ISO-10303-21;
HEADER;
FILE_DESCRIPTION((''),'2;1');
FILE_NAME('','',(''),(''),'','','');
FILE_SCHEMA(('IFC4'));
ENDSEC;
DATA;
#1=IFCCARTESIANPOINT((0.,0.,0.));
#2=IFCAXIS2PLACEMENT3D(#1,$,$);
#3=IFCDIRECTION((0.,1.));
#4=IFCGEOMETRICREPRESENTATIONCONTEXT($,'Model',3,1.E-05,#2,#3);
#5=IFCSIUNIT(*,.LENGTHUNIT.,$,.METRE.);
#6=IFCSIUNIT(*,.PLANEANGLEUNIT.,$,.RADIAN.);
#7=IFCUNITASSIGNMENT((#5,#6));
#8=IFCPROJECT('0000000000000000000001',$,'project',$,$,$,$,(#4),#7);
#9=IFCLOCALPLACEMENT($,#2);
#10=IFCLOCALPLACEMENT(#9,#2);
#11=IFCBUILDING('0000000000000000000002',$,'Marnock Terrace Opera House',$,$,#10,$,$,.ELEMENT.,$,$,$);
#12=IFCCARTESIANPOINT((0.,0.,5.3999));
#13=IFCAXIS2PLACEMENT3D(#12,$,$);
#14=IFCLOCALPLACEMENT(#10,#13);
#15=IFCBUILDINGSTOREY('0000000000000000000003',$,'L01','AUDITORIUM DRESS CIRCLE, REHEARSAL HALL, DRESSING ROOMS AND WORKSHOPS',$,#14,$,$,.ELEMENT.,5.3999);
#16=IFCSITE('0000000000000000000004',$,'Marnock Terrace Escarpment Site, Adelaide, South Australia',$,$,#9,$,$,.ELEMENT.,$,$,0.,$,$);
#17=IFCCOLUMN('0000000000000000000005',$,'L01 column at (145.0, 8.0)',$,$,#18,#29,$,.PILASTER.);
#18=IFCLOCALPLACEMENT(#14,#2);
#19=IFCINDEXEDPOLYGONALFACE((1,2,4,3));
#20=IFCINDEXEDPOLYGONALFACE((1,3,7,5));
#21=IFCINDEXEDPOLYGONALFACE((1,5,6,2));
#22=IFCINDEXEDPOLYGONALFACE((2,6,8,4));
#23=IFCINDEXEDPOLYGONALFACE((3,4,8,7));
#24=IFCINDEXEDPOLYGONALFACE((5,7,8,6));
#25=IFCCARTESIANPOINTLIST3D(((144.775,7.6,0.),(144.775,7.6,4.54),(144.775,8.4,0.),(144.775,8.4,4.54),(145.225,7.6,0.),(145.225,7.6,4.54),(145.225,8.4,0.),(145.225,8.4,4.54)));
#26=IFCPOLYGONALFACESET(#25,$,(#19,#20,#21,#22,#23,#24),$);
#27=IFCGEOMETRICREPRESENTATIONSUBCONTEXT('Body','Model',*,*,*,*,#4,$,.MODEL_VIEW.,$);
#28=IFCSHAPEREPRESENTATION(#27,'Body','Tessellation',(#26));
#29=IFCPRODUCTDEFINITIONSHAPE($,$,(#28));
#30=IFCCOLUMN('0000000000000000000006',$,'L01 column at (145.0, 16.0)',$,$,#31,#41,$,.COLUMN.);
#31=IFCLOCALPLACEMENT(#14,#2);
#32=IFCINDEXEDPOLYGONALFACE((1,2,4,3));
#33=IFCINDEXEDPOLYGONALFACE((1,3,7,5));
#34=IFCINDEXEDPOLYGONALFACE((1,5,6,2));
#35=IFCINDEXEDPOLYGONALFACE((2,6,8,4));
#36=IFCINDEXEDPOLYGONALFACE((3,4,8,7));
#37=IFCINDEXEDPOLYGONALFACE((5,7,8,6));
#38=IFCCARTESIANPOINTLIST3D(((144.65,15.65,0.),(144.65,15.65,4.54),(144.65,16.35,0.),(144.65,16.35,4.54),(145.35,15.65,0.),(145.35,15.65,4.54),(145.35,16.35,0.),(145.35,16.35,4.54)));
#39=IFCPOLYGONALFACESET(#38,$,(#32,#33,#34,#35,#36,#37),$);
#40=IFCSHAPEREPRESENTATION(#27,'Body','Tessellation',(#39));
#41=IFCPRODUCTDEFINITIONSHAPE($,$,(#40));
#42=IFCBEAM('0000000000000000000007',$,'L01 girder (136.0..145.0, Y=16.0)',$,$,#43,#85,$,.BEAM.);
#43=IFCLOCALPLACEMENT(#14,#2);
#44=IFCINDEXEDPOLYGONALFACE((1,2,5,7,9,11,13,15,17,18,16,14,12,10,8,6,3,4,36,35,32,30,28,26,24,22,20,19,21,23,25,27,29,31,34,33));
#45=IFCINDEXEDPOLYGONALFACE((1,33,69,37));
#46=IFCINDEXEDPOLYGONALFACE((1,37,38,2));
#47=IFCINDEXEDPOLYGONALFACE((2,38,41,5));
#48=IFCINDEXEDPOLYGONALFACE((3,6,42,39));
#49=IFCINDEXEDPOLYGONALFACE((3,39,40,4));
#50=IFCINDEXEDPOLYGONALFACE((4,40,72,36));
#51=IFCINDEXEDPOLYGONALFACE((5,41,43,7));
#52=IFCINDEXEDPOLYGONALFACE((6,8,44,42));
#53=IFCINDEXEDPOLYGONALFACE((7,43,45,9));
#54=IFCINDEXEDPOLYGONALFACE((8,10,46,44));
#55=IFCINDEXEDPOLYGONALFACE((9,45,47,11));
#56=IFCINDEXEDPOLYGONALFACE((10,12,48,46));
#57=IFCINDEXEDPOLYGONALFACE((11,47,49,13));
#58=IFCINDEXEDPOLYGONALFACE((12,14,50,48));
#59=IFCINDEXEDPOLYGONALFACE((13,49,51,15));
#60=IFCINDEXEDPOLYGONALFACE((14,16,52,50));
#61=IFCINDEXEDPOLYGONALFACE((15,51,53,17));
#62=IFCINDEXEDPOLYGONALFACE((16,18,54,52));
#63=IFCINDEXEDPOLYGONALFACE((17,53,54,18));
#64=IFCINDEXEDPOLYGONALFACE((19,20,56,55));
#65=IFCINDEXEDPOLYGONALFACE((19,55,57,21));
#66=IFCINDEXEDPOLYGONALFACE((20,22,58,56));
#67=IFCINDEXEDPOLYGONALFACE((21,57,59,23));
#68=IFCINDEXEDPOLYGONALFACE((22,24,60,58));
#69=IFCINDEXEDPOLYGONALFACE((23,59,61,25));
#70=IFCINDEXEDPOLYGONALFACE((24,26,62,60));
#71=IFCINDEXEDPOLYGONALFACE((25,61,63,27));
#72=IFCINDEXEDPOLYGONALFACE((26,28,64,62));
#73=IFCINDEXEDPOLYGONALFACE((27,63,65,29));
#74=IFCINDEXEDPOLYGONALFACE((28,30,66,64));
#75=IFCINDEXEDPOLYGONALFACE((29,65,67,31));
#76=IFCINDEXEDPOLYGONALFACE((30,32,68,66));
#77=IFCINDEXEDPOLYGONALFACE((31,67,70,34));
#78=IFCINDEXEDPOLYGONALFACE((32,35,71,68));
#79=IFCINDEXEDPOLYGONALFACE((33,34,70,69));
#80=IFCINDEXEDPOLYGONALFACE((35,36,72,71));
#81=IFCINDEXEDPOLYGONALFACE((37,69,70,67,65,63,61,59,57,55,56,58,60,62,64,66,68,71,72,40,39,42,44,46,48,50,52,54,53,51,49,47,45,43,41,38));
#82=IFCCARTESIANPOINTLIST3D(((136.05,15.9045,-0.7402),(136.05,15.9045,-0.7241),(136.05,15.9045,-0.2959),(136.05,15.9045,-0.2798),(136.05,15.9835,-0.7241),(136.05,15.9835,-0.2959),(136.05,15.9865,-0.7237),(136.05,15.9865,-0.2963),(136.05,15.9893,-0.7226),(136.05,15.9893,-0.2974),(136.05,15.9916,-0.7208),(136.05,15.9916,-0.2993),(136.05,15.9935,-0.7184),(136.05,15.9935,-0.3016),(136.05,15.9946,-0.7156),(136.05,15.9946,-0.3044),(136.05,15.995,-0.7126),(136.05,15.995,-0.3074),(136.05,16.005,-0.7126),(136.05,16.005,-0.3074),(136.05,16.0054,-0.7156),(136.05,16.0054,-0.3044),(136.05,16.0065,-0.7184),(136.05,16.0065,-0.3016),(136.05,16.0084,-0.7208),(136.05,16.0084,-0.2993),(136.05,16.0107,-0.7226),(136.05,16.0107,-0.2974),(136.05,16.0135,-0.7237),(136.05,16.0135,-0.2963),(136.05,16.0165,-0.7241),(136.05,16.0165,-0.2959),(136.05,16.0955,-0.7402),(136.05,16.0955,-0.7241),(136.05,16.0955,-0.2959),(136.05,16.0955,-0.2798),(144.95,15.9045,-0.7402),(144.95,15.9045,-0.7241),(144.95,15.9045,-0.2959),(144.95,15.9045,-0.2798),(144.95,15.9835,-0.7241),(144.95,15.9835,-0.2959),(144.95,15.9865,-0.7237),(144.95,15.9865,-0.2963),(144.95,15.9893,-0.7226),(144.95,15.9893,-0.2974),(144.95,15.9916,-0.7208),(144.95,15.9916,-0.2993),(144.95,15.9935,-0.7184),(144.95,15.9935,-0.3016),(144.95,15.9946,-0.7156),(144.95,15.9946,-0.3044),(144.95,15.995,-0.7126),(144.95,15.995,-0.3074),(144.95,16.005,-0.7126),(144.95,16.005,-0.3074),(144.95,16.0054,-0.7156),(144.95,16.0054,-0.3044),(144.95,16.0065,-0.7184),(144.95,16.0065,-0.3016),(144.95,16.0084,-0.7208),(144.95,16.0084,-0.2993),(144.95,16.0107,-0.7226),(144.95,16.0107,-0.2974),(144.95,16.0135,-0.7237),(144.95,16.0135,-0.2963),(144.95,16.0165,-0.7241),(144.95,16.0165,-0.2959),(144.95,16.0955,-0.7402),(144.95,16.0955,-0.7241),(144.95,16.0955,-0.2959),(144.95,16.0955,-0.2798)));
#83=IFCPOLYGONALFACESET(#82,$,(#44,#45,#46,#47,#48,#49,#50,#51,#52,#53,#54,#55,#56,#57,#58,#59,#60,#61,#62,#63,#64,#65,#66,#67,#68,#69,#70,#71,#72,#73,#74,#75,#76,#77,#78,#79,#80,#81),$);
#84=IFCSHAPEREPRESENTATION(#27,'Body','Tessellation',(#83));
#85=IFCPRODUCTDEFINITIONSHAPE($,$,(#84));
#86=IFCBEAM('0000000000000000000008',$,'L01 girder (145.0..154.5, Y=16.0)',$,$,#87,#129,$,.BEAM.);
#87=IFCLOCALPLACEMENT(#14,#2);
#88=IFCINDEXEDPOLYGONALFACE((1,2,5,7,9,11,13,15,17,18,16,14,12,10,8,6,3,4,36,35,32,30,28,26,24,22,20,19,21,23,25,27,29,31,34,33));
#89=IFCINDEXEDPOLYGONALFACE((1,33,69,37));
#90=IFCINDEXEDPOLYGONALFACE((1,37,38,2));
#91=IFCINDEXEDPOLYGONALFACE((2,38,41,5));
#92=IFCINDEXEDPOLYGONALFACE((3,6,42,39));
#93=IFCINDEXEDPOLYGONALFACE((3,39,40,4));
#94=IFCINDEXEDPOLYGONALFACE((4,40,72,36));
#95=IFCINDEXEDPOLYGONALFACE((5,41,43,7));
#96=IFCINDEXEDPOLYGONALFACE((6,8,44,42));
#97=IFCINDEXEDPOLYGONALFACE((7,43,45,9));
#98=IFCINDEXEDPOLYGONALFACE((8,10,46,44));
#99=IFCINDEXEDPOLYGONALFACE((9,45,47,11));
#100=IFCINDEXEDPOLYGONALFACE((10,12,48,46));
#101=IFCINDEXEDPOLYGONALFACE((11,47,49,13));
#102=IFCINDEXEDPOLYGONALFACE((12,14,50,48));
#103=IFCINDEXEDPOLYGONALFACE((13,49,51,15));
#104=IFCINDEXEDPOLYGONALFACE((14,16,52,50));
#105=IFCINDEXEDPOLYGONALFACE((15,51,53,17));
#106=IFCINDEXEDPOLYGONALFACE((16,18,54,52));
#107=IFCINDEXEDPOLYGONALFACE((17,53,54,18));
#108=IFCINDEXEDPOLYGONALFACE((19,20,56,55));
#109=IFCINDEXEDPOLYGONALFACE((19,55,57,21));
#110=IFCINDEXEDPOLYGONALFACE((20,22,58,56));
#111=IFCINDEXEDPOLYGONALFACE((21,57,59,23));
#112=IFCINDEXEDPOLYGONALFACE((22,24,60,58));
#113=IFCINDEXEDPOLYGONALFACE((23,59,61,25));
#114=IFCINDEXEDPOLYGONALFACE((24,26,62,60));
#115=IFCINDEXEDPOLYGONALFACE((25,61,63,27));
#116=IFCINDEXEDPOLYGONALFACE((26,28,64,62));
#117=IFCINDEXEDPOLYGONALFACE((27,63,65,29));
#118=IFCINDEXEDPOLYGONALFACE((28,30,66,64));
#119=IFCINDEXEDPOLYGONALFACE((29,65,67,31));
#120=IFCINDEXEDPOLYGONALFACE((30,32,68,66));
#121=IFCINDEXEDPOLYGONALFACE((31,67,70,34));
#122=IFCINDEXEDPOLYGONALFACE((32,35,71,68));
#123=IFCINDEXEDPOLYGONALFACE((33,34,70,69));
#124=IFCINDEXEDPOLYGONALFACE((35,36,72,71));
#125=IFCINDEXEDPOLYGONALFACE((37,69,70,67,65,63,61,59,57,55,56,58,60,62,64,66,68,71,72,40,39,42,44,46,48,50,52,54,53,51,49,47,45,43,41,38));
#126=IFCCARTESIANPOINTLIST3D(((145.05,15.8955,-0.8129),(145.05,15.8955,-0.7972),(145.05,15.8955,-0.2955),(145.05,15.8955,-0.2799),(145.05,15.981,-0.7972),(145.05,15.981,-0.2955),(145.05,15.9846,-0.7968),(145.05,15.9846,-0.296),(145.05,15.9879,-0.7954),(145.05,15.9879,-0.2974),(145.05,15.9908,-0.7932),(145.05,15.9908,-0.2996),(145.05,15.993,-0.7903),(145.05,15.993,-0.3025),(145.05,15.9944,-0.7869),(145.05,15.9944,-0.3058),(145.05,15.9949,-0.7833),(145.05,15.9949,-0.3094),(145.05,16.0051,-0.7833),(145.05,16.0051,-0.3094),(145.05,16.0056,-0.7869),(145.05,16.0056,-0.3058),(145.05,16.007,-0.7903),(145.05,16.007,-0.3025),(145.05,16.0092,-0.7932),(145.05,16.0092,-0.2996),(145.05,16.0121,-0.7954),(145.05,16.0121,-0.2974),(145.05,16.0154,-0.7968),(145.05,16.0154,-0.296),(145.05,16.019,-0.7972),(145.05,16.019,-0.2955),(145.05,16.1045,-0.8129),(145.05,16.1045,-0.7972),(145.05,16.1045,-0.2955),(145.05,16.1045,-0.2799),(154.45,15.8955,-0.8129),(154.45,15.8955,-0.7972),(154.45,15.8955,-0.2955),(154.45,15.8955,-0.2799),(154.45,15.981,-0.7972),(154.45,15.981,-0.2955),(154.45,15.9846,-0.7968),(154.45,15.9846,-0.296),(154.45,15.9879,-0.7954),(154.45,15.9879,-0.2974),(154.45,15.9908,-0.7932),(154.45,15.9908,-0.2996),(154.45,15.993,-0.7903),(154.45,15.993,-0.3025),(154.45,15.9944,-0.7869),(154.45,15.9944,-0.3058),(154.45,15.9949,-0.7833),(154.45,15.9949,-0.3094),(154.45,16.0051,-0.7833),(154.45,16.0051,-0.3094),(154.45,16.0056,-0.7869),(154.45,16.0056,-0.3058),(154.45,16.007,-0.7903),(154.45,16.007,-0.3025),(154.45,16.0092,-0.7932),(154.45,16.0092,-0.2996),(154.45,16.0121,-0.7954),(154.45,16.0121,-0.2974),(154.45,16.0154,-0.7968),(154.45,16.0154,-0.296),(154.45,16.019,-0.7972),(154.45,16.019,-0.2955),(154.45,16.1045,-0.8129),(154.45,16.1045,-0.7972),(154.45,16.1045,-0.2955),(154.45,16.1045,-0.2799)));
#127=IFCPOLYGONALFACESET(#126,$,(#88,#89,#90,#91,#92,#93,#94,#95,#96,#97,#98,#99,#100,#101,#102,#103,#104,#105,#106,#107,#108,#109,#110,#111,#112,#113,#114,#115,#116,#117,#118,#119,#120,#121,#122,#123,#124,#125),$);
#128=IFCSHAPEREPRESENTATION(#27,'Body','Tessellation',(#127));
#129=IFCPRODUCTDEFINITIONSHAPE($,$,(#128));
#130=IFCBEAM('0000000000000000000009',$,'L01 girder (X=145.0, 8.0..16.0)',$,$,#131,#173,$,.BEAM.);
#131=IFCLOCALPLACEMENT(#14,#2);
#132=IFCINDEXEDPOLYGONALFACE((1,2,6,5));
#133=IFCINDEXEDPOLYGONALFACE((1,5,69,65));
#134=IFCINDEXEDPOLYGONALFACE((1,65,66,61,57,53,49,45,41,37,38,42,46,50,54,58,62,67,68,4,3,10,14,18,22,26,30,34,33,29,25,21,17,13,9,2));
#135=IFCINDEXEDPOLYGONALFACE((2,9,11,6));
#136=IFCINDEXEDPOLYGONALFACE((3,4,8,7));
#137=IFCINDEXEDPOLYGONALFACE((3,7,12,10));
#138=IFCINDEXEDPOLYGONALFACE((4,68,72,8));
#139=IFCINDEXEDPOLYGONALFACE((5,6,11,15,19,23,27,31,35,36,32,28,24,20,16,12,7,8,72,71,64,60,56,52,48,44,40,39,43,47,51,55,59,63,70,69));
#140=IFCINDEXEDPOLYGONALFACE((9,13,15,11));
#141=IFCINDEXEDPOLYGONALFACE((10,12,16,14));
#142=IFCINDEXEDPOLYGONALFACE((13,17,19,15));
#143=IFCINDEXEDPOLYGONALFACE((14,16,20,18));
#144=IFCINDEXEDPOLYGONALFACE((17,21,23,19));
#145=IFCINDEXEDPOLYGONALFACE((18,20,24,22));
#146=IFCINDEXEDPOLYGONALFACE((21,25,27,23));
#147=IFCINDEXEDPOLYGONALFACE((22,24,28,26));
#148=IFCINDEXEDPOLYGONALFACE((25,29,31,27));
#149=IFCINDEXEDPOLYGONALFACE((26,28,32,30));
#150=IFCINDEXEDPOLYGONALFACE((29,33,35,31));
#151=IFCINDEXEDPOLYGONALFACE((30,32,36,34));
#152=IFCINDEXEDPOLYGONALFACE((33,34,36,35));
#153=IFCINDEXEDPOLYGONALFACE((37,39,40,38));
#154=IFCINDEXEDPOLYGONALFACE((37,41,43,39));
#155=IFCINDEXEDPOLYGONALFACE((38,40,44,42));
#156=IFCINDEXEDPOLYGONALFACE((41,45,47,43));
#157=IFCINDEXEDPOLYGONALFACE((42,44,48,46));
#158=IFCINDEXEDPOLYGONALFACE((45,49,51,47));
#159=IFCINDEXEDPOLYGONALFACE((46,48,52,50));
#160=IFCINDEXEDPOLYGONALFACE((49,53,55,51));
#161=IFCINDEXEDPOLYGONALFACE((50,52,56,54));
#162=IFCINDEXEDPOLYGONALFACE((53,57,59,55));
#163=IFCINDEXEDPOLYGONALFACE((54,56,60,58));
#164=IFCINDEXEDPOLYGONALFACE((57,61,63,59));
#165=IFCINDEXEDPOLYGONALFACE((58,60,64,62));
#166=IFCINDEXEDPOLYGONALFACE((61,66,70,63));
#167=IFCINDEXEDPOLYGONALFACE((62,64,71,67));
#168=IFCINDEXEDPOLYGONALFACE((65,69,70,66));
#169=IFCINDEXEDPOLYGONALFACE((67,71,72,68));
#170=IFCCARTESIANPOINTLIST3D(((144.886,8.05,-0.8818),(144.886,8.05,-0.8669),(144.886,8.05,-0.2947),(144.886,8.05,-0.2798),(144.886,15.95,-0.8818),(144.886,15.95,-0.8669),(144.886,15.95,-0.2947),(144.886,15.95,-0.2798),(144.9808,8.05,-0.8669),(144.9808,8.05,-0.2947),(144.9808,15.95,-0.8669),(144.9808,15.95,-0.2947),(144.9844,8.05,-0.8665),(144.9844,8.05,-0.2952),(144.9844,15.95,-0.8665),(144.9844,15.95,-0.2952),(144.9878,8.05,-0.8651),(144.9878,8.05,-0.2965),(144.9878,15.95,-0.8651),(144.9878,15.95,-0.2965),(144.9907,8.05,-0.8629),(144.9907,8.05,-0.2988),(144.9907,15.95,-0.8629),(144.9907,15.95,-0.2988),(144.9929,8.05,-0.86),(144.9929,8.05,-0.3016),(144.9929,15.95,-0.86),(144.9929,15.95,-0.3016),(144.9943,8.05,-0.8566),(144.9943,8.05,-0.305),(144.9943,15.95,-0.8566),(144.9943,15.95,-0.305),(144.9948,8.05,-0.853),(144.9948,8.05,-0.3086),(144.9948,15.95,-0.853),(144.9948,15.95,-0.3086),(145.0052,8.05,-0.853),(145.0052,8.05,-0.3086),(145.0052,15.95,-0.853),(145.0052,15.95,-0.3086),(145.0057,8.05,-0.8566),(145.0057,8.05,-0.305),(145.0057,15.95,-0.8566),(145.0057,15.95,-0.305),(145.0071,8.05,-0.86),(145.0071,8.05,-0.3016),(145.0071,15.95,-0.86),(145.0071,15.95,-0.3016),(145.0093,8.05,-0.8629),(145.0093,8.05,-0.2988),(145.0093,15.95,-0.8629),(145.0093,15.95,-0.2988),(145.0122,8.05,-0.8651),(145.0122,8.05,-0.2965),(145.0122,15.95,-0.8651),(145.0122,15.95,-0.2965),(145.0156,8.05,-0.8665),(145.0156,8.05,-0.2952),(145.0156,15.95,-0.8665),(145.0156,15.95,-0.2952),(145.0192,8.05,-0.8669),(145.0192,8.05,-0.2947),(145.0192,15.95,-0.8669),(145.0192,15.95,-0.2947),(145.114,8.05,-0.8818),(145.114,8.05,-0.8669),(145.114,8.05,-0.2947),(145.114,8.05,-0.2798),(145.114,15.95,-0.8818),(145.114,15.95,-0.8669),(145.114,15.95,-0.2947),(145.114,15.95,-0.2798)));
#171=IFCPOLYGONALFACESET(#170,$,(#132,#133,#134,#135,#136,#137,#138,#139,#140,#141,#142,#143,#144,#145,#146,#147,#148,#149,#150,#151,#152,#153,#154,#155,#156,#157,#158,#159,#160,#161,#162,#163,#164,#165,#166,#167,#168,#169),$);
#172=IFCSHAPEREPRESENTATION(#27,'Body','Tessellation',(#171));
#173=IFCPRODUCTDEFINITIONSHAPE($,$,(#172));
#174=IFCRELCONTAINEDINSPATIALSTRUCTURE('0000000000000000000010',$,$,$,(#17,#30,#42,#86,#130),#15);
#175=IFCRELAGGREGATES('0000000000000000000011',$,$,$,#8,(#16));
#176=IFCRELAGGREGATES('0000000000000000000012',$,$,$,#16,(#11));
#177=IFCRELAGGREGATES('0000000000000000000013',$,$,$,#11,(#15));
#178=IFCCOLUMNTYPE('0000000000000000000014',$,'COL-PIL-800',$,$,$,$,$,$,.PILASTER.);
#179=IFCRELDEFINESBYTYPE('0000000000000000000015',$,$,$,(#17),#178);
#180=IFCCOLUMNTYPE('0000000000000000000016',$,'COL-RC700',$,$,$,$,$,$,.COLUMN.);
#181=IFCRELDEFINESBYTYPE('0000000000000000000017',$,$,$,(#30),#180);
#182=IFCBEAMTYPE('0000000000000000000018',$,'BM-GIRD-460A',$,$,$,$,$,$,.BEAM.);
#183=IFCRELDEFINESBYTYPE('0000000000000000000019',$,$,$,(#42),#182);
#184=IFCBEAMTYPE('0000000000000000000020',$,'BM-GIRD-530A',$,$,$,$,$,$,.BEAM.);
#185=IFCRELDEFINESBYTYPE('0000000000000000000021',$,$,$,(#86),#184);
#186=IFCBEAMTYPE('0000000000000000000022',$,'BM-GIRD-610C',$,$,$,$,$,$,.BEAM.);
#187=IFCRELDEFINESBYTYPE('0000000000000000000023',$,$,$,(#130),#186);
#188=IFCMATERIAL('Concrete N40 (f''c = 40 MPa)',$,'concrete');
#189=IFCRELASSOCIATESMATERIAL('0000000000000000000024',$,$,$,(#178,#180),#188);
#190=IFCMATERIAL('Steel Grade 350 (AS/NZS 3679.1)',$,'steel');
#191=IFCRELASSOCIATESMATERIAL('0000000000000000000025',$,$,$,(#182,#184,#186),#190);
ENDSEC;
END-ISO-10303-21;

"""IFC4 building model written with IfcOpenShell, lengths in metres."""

from ifc_helpers import new_model, si_unit, direction, frame, origin, origin_2d, place, context, subcontext, project, spatial, rectangle, i_section, extrude, material, material_profile, profile_set, type_object, element, save


model = new_model("IFC4")

# Units and contexts
model_context = context("Model", 3, precision=1e-05, world=origin(), true_north=direction((0.0, 1.0)))
body_context = subcontext(model_context, "Body", "Model", "MODEL_VIEW")
ifc_project = project(units=[si_unit("LENGTHUNIT", "METRE"), si_unit("PLANEANGLEUNIT", "RADIAN")], contexts=[model_context])

# Site, building, storey
site_placement = place(None, origin())
site = spatial("IfcSite", under=ifc_project, at=site_placement, Name="Marnock Terrace Escarpment Site, Adelaide, South Australia", CompositionType="ELEMENT", RefElevation=0.0)
building_placement = place(site_placement, origin())
building = spatial("IfcBuilding", under=site, at=building_placement, Name="Marnock Terrace Opera House", CompositionType="ELEMENT")
storey_placement = place(building_placement, frame((0.0, 0.0, 5.3999)))
storey = spatial("IfcBuildingStorey", under=building, at=storey_placement, Name="L01", Description="AUDITORIUM DRESS CIRCLE, REHEARSAL HALL, DRESSING ROOMS AND WORKSHOPS", CompositionType="ELEMENT", Elevation=5.3999)

# Columns
ifc_material_1 = material(Name="Concrete N40 (f'c = 40 MPa)", Category="concrete")
ifc_material_profile_1 = material_profile(ifc_material_1, rectangle(XDim=0.45, YDim=0.8, at=origin_2d()))
ifc_profile_set_1 = profile_set([ifc_material_profile_1], Name="Concrete N40 (f'c = 40 MPa)")
column_type_1 = type_object("IfcColumnType", Name="COL-PIL-800", PredefinedType="PILASTER", material=ifc_profile_set_1)
column_1_placement = place(storey_placement, frame((145.0, 8.0, 0.0), z_axis=(0.0, 0.0, 1.0), x_axis=(1.0, 0.0, 0.0)))
element("IfcColumn", 1, at=column_1_placement, inside=storey, type_object=column_type_1, Name="L01 column at (145.0, 8.0)", PredefinedType="PILASTER", context=body_context, shape_type="SweptSolid", body=[
    extrude(rectangle(XDim=0.45, YDim=0.8, at=origin_2d()), origin(), (0.0, 0.0, 1.0), 4.54),
])
ifc_material_profile_2 = material_profile(ifc_material_1, rectangle(XDim=0.7, YDim=0.7, at=origin_2d()))
ifc_profile_set_2 = profile_set([ifc_material_profile_2], Name="Concrete N40 (f'c = 40 MPa)")
column_type_2 = type_object("IfcColumnType", Name="COL-RC700", PredefinedType="COLUMN", material=ifc_profile_set_2)
column_2_placement = place(storey_placement, frame((145.0, 16.0, 0.0), z_axis=(0.0, 0.0, 1.0), x_axis=(1.0, 0.0, 0.0)))
element("IfcColumn", 2, at=column_2_placement, inside=storey, type_object=column_type_2, Name="L01 column at (145.0, 16.0)", PredefinedType="COLUMN", context=body_context, shape_type="SweptSolid", body=[
    extrude(rectangle(XDim=0.7, YDim=0.7, at=origin_2d()), origin(), (0.0, 0.0, 1.0), 4.54),
])

# Beams
ifc_material_2 = material(Name="Steel Grade 350 (AS/NZS 3679.1)", Category="steel")
ifc_material_profile_3 = material_profile(ifc_material_2, i_section(OverallWidth=0.1909, OverallDepth=0.4604, WebThickness=0.01, FlangeThickness=0.0161, FilletRadius=0.0115, at=origin_2d()))
ifc_profile_set_3 = profile_set([ifc_material_profile_3], Name="Steel Grade 350 (AS/NZS 3679.1)")
beam_type_1 = type_object("IfcBeamType", Name="BM-GIRD-460A", PredefinedType="BEAM", material=ifc_profile_set_3)
beam_1_placement = place(storey_placement, frame((136.05, 16.0, -0.51), z_axis=(1.0, 0.0, 0.0), x_axis=(0.0, 1.0, 0.0)))
element("IfcBeam", 3, at=beam_1_placement, inside=storey, type_object=beam_type_1, Name="L01 girder (136.0..145.0, Y=16.0)", PredefinedType="BEAM", context=body_context, shape_type="SweptSolid", body=[
    extrude(i_section(OverallWidth=0.1909, OverallDepth=0.4604, WebThickness=0.01, FlangeThickness=0.0161, FilletRadius=0.0115, at=origin_2d()), origin(), (0.0, 0.0, 1.0), 8.8999),
])
ifc_material_profile_4 = material_profile(ifc_material_2, i_section(OverallWidth=0.209, OverallDepth=0.533, WebThickness=0.0103, FlangeThickness=0.0156, FilletRadius=0.0139, at=origin_2d()))
ifc_profile_set_4 = profile_set([ifc_material_profile_4], Name="Steel Grade 350 (AS/NZS 3679.1)")
beam_type_2 = type_object("IfcBeamType", Name="BM-GIRD-530A", PredefinedType="BEAM", material=ifc_profile_set_4)
beam_2_placement = place(storey_placement, frame((145.05, 16.0, -0.5464), z_axis=(1.0, 0.0, 0.0), x_axis=(0.0, 1.0, 0.0)))
element("IfcBeam", 4, at=beam_2_placement, inside=storey, type_object=beam_type_2, Name="L01 girder (145.0..154.5, Y=16.0)", PredefinedType="BEAM", context=body_context, shape_type="SweptSolid", body=[
    extrude(i_section(OverallWidth=0.209, OverallDepth=0.533, WebThickness=0.0103, FlangeThickness=0.0156, FilletRadius=0.0139, at=origin_2d()), origin(), (0.0, 0.0, 1.0), 9.3999),
])
ifc_material_profile_5 = material_profile(ifc_material_2, i_section(OverallWidth=0.228, OverallDepth=0.6021, WebThickness=0.0105, FlangeThickness=0.0149, FilletRadius=0.0139, at=origin_2d()))
ifc_profile_set_5 = profile_set([ifc_material_profile_5], Name="Steel Grade 350 (AS/NZS 3679.1)")
beam_type_3 = type_object("IfcBeamType", Name="BM-GIRD-610C", PredefinedType="BEAM", material=ifc_profile_set_5)
for number, where, z_axis, x_axis, name in (
    (5, (145.0, 8.05, -0.5808), (0.0, 1.0, 0.0), (-1.0, 0.0, 0.0), "L01 girder (X=145.0, 8.0..16.0)"),
):
    element("IfcBeam", number, at=place(storey_placement, frame(where, z_axis=z_axis, x_axis=x_axis)), inside=storey, type_object=beam_type_3, Name=name, PredefinedType="BEAM", context=body_context, shape_type="SweptSolid", body=[
        extrude(i_section(OverallWidth=0.228, OverallDepth=0.6021, WebThickness=0.0105, FlangeThickness=0.0149, FilletRadius=0.0139, at=origin_2d()), origin(), (0.0, 0.0, 1.0), 7.8999),
    ])

save(model, "model.ifc")
